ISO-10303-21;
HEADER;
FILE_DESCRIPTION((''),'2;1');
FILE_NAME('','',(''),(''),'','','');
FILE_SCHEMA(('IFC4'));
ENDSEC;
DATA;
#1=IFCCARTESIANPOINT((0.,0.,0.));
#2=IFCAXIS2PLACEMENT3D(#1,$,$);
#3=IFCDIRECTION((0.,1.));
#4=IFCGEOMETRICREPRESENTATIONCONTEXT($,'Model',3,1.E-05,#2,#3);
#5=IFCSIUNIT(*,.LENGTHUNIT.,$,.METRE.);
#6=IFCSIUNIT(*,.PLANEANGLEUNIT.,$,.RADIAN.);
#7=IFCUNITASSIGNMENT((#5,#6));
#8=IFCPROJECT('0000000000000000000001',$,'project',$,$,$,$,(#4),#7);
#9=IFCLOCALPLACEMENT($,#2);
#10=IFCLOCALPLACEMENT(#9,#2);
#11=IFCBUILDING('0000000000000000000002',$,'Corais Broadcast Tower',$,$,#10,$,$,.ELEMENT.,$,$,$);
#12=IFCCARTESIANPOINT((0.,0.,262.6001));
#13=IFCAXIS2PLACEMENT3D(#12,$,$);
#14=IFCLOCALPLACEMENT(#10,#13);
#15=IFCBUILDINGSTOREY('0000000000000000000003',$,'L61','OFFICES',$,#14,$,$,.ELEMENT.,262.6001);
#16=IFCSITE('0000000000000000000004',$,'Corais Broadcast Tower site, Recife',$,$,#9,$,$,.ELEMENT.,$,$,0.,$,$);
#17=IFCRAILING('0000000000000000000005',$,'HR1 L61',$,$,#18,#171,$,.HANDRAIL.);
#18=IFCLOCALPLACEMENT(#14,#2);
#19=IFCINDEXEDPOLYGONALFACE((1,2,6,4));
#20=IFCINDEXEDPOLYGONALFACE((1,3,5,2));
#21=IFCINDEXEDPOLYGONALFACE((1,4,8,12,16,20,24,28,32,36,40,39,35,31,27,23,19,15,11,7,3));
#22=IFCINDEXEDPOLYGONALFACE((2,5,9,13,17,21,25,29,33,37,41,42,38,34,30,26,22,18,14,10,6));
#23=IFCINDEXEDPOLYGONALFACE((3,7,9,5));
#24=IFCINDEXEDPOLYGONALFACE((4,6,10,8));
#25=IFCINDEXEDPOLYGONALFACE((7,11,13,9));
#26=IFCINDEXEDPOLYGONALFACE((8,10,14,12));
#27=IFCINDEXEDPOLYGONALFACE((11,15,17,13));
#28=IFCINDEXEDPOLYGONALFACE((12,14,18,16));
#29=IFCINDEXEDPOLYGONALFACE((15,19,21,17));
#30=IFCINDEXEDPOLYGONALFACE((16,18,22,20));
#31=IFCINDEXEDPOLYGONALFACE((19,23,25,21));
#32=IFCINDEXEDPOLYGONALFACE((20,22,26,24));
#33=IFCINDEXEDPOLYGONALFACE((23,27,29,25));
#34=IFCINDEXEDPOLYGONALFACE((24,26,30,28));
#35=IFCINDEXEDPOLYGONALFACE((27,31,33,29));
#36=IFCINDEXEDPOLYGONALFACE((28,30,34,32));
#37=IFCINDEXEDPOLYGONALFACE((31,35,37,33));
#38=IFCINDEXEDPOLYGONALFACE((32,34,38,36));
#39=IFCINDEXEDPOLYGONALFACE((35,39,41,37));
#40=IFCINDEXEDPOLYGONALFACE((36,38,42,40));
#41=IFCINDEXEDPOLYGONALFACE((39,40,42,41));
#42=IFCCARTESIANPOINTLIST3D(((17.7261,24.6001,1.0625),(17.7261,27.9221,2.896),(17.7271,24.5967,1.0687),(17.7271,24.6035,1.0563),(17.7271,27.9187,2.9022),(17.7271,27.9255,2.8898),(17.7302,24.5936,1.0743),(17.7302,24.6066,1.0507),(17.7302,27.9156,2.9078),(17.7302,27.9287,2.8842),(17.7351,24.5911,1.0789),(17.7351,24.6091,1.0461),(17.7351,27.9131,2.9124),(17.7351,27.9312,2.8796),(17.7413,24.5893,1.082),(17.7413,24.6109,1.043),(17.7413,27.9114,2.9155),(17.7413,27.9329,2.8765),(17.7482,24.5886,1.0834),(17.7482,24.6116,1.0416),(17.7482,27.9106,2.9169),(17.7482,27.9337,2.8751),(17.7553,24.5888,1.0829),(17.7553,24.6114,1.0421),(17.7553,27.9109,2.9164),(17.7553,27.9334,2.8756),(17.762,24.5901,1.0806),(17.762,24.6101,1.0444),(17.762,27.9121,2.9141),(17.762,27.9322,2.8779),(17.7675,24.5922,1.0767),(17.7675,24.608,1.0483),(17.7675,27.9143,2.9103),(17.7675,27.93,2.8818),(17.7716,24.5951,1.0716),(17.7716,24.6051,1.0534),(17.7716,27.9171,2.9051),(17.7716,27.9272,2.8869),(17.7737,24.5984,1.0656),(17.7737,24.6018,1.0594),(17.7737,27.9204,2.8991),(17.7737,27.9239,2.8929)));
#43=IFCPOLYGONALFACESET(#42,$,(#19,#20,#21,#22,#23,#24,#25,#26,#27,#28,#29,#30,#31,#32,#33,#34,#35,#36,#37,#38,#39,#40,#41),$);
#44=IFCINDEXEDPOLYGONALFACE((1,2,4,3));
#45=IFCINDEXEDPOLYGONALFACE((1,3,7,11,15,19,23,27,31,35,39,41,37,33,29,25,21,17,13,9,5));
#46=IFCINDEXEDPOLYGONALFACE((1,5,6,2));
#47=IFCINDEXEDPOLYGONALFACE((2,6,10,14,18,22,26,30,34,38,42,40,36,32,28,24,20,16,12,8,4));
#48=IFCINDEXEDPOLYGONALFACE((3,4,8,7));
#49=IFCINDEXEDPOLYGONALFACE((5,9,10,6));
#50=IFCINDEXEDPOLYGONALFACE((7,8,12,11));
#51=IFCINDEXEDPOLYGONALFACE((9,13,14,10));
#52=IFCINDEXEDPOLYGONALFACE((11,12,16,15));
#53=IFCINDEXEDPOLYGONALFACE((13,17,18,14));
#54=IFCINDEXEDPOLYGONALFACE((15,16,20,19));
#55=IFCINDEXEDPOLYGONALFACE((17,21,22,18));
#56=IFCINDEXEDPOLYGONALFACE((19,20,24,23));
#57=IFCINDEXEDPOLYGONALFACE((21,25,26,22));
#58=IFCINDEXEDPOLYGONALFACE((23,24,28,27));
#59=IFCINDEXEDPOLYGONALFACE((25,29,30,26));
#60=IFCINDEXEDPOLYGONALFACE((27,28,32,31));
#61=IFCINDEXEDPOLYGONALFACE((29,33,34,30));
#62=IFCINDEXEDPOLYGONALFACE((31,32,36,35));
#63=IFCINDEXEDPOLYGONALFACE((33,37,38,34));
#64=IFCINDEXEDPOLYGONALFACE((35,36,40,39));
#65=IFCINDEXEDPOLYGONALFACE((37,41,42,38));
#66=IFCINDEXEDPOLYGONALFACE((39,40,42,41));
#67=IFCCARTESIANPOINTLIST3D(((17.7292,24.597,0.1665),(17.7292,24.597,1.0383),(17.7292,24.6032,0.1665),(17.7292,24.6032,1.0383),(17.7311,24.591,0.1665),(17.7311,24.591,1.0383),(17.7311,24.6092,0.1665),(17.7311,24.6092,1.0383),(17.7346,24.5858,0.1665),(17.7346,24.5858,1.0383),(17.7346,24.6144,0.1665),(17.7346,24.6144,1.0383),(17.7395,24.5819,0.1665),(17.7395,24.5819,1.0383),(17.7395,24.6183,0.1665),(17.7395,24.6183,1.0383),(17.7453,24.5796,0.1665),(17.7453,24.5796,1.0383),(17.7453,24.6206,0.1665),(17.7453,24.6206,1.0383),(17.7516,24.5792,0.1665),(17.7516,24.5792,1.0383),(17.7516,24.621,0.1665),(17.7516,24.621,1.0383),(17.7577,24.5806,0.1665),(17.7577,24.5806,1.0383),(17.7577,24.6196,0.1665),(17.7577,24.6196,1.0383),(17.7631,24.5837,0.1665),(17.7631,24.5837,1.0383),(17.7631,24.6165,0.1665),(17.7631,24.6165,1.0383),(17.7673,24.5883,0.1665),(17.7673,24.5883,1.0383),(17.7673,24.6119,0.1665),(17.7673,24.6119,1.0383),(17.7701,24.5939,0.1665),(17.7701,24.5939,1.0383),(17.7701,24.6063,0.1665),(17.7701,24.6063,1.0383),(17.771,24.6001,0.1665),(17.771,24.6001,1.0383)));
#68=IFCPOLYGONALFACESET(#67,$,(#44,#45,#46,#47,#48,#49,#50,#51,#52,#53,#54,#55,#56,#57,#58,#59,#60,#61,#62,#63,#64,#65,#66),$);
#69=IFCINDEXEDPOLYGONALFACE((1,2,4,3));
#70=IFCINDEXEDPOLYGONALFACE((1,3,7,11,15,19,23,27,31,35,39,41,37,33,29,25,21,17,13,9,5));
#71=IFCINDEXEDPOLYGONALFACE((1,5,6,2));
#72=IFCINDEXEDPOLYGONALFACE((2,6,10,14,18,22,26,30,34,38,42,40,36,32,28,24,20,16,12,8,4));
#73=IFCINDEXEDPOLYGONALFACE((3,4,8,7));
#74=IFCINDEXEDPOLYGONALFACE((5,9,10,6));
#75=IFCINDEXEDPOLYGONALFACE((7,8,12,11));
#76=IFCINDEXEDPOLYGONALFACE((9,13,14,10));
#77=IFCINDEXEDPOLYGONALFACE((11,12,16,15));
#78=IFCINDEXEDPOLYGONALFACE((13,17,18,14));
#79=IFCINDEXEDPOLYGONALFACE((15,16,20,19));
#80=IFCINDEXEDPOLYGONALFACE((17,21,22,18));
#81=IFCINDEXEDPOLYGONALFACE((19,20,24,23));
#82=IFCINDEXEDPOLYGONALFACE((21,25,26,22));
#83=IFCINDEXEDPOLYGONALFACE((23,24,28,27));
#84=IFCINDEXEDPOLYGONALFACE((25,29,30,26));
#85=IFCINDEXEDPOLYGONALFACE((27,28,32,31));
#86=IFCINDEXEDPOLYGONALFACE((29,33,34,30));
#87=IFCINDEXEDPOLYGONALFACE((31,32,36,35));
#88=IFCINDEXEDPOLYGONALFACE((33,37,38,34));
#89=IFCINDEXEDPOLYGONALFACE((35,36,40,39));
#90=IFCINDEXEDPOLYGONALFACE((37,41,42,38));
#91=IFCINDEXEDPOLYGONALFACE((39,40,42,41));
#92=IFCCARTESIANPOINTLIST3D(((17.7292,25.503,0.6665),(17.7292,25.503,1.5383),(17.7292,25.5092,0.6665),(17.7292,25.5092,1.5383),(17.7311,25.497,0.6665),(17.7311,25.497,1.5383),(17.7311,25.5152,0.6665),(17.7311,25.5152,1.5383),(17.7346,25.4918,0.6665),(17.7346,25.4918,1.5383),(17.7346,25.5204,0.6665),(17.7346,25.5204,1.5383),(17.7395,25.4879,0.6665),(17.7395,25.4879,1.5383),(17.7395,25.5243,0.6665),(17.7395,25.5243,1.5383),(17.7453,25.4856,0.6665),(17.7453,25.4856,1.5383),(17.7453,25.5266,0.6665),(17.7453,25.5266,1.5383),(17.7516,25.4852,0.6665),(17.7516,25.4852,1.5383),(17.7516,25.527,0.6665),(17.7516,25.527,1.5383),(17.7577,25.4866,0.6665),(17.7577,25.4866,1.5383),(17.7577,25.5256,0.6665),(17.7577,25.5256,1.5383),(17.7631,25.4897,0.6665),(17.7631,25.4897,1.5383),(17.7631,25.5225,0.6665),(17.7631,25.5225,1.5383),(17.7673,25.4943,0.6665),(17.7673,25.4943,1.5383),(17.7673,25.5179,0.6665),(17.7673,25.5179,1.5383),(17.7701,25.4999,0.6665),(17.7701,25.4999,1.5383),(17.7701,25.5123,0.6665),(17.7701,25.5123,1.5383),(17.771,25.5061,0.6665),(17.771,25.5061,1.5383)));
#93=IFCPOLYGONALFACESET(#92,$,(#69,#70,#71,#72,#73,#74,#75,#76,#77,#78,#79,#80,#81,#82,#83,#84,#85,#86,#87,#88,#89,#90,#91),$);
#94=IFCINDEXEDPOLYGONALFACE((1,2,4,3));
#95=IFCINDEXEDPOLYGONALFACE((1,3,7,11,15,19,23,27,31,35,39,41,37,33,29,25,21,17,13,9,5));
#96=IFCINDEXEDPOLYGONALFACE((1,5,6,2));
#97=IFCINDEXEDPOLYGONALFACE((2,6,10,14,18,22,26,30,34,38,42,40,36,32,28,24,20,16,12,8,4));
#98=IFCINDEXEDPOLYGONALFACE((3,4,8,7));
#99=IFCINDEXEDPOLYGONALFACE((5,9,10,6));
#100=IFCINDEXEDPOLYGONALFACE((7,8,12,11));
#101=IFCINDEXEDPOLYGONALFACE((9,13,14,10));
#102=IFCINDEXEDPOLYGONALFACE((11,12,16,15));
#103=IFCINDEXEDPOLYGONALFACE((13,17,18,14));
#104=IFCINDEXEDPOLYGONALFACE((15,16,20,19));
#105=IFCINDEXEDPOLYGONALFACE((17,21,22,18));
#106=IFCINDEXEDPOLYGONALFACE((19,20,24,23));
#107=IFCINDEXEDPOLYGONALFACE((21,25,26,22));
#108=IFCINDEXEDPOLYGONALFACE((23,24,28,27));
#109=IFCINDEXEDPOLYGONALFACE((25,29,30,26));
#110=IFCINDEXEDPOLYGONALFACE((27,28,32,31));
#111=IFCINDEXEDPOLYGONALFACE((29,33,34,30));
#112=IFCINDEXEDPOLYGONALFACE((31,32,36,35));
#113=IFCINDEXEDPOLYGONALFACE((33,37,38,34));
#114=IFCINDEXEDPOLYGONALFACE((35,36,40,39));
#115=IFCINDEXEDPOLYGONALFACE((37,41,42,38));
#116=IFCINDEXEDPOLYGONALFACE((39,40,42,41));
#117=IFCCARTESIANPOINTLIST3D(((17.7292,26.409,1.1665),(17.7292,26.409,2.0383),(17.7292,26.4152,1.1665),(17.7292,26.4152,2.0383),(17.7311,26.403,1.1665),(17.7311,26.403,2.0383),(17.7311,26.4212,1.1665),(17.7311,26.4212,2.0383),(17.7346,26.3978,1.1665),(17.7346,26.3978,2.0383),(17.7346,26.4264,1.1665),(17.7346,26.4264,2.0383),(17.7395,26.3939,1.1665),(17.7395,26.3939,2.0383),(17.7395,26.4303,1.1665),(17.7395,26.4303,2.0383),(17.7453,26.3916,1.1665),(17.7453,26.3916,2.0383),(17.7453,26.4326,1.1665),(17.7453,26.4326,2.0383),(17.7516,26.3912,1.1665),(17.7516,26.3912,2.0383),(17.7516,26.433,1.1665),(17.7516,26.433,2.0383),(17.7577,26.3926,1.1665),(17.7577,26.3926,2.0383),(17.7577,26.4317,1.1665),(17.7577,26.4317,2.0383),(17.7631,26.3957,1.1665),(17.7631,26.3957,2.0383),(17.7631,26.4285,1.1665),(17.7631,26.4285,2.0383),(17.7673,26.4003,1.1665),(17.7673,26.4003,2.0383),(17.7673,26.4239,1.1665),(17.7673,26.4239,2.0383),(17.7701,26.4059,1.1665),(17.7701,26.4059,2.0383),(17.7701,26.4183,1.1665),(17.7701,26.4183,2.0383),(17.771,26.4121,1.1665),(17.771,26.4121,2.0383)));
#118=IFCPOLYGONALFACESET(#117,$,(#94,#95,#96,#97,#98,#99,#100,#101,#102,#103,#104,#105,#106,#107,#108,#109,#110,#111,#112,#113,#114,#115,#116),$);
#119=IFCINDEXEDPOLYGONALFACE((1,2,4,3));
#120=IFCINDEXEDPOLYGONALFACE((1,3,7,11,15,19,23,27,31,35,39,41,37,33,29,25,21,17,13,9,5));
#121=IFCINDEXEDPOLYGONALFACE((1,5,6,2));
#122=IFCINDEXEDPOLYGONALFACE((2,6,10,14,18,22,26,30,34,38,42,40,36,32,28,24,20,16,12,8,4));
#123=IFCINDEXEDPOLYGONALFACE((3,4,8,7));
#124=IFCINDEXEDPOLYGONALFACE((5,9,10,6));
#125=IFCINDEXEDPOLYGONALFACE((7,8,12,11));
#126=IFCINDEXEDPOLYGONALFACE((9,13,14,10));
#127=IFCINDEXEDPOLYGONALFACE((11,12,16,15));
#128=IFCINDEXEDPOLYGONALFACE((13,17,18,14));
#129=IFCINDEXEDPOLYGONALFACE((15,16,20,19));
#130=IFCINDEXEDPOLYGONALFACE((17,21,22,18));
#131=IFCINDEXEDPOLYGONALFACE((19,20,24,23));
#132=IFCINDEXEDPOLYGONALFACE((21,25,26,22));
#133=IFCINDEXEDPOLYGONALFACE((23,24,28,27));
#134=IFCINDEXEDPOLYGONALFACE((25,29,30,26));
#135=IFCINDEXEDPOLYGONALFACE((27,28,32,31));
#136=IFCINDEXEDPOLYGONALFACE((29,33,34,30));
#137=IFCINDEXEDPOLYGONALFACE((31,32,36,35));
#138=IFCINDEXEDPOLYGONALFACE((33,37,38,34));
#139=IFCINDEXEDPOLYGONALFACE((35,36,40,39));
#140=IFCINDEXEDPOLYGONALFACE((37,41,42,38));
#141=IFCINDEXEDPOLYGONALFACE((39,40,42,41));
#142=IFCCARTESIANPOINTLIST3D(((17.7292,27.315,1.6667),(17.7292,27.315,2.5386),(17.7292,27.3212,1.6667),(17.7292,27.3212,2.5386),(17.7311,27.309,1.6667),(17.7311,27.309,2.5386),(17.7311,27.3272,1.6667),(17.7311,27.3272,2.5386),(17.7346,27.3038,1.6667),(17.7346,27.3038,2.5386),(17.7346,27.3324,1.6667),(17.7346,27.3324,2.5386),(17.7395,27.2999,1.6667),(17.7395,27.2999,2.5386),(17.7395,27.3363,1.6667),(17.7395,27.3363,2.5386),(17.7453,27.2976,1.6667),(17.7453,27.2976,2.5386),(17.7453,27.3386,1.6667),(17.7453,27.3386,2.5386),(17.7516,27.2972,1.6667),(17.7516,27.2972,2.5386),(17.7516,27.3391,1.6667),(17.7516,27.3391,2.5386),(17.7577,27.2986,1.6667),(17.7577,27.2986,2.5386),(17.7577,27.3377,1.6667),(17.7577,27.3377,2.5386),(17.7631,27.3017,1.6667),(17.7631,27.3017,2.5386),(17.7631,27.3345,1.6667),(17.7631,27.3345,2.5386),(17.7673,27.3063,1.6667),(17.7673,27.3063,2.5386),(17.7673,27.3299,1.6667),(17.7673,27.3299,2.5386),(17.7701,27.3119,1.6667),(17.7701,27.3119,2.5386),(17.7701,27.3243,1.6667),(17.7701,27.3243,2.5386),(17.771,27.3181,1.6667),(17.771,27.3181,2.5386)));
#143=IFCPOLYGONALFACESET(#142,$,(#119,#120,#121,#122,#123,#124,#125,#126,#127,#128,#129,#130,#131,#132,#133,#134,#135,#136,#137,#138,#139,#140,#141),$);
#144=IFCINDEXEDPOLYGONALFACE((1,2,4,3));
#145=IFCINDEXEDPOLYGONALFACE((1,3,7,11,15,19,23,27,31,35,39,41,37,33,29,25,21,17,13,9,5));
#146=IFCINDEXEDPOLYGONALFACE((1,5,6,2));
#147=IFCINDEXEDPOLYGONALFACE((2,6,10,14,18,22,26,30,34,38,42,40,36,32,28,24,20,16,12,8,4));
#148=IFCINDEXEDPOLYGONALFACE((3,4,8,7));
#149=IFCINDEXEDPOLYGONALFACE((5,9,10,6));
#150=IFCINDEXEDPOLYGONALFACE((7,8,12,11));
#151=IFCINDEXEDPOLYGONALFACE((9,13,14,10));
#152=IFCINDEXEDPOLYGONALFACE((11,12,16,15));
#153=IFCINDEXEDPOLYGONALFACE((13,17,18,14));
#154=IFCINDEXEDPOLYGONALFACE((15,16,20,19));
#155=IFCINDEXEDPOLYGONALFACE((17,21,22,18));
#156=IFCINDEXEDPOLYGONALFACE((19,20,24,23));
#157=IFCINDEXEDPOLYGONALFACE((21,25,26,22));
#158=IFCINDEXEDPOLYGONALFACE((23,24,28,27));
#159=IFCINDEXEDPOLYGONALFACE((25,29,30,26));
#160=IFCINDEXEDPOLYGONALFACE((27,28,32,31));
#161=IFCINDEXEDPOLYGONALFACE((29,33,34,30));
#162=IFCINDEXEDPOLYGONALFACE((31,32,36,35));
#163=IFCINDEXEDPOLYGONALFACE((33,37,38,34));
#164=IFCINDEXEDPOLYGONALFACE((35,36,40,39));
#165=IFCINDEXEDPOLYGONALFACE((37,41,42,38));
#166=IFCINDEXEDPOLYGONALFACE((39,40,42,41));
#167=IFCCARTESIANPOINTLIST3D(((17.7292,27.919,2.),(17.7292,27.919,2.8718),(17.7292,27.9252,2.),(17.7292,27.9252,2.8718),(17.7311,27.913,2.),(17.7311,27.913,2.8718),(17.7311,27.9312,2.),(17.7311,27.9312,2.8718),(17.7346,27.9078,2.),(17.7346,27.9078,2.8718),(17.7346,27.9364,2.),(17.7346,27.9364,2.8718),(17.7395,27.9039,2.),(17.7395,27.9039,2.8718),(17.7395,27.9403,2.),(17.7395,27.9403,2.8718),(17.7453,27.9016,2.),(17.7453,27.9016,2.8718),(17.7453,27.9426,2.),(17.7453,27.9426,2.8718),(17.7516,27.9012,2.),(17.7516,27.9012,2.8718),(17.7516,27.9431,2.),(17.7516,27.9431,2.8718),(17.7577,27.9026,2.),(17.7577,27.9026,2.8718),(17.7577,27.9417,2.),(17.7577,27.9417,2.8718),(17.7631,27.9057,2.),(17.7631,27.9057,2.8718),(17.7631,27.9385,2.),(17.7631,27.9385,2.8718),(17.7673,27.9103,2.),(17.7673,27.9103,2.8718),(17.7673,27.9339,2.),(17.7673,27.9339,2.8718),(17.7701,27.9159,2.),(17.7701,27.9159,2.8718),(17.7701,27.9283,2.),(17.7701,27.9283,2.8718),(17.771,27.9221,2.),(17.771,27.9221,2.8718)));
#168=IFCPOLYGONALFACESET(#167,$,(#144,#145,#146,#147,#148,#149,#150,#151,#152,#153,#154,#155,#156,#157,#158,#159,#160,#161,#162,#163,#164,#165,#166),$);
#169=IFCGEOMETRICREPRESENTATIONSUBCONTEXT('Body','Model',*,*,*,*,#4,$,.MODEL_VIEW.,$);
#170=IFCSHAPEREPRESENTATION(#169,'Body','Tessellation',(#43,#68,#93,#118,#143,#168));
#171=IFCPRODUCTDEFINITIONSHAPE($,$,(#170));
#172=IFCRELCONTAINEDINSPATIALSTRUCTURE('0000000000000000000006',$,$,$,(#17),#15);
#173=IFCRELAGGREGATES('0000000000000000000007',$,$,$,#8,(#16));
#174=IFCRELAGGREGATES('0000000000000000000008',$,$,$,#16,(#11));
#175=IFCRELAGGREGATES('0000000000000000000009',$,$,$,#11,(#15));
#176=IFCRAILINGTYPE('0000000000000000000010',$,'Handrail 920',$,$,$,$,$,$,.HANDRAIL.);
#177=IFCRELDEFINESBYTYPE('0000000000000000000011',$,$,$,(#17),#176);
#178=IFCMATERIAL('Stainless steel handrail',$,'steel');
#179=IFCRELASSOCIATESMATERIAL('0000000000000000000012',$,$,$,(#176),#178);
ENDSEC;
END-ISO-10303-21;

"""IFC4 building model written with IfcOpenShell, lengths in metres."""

from ifc_helpers import new_model, si_unit, direction, frame, origin, origin_2d, place, context, subcontext, project, spatial, circle, extrude, material, type_object, element, save


model = new_model("IFC4")

# Units and contexts
model_context = context("Model", 3, precision=1e-05, world=origin(), true_north=direction((0.0, 1.0)))
body_context = subcontext(model_context, "Body", "Model", "MODEL_VIEW")
ifc_project = project(units=[si_unit("LENGTHUNIT", "METRE"), si_unit("PLANEANGLEUNIT", "RADIAN")], contexts=[model_context])

# Site, building, storey
site_placement = place(None, origin())
site = spatial("IfcSite", under=ifc_project, at=site_placement, Name="Corais Broadcast Tower site, Recife", CompositionType="ELEMENT", RefElevation=0.0)
building_placement = place(site_placement, origin())
building = spatial("IfcBuilding", under=site, at=building_placement, Name="Corais Broadcast Tower", CompositionType="ELEMENT")
storey_placement = place(building_placement, frame((0.0, 0.0, 262.6001)))
storey = spatial("IfcBuildingStorey", under=building, at=storey_placement, Name="L61", Description="OFFICES", CompositionType="ELEMENT", Elevation=262.6001)

# Railing
ifc_material_1 = material(Name="Stainless steel handrail", Category="steel")
railing_type = type_object("IfcRailingType", Name="Handrail 920", PredefinedType="HANDRAIL", material=ifc_material_1)
for number, where, name in (
    (1, (17.75, 24.6001, 0.1665), "HR1 L61"),
):
    element("IfcRailing", number, at=place(storey_placement, frame(where)), inside=storey, type_object=railing_type, Name=name, PredefinedType="HANDRAIL", context=body_context, shape_type="SweptSolid", body=[
        extrude(circle(Radius=0.0239, at=origin_2d()), frame((0.0, 0.0, 0.896), z_axis=(0.0, 0.875504, 0.48321), x_axis=(-1.0, 0.0, 0.0)), (0.0, 0.0, 1.0), 3.7944),
        extrude(circle(Radius=0.021, at=origin_2d()), origin(), (0.0, 0.0, 1.0), 0.8718),
        extrude(circle(Radius=0.021, at=origin_2d()), frame((0.0, 0.906, 0.5)), (0.0, 0.0, 1.0), 0.8718),
        extrude(circle(Radius=0.021, at=origin_2d()), frame((0.0, 1.812, 1.0)), (0.0, 0.0, 1.0), 0.8718),
        extrude(circle(Radius=0.021, at=origin_2d()), frame((0.0, 2.718, 1.5002)), (0.0, 0.0, 1.0), 0.8718),
        extrude(circle(Radius=0.021, at=origin_2d()), frame((0.0, 3.322, 1.8335)), (0.0, 0.0, 1.0), 0.8718),
    ])

save(model, "model.ifc")
